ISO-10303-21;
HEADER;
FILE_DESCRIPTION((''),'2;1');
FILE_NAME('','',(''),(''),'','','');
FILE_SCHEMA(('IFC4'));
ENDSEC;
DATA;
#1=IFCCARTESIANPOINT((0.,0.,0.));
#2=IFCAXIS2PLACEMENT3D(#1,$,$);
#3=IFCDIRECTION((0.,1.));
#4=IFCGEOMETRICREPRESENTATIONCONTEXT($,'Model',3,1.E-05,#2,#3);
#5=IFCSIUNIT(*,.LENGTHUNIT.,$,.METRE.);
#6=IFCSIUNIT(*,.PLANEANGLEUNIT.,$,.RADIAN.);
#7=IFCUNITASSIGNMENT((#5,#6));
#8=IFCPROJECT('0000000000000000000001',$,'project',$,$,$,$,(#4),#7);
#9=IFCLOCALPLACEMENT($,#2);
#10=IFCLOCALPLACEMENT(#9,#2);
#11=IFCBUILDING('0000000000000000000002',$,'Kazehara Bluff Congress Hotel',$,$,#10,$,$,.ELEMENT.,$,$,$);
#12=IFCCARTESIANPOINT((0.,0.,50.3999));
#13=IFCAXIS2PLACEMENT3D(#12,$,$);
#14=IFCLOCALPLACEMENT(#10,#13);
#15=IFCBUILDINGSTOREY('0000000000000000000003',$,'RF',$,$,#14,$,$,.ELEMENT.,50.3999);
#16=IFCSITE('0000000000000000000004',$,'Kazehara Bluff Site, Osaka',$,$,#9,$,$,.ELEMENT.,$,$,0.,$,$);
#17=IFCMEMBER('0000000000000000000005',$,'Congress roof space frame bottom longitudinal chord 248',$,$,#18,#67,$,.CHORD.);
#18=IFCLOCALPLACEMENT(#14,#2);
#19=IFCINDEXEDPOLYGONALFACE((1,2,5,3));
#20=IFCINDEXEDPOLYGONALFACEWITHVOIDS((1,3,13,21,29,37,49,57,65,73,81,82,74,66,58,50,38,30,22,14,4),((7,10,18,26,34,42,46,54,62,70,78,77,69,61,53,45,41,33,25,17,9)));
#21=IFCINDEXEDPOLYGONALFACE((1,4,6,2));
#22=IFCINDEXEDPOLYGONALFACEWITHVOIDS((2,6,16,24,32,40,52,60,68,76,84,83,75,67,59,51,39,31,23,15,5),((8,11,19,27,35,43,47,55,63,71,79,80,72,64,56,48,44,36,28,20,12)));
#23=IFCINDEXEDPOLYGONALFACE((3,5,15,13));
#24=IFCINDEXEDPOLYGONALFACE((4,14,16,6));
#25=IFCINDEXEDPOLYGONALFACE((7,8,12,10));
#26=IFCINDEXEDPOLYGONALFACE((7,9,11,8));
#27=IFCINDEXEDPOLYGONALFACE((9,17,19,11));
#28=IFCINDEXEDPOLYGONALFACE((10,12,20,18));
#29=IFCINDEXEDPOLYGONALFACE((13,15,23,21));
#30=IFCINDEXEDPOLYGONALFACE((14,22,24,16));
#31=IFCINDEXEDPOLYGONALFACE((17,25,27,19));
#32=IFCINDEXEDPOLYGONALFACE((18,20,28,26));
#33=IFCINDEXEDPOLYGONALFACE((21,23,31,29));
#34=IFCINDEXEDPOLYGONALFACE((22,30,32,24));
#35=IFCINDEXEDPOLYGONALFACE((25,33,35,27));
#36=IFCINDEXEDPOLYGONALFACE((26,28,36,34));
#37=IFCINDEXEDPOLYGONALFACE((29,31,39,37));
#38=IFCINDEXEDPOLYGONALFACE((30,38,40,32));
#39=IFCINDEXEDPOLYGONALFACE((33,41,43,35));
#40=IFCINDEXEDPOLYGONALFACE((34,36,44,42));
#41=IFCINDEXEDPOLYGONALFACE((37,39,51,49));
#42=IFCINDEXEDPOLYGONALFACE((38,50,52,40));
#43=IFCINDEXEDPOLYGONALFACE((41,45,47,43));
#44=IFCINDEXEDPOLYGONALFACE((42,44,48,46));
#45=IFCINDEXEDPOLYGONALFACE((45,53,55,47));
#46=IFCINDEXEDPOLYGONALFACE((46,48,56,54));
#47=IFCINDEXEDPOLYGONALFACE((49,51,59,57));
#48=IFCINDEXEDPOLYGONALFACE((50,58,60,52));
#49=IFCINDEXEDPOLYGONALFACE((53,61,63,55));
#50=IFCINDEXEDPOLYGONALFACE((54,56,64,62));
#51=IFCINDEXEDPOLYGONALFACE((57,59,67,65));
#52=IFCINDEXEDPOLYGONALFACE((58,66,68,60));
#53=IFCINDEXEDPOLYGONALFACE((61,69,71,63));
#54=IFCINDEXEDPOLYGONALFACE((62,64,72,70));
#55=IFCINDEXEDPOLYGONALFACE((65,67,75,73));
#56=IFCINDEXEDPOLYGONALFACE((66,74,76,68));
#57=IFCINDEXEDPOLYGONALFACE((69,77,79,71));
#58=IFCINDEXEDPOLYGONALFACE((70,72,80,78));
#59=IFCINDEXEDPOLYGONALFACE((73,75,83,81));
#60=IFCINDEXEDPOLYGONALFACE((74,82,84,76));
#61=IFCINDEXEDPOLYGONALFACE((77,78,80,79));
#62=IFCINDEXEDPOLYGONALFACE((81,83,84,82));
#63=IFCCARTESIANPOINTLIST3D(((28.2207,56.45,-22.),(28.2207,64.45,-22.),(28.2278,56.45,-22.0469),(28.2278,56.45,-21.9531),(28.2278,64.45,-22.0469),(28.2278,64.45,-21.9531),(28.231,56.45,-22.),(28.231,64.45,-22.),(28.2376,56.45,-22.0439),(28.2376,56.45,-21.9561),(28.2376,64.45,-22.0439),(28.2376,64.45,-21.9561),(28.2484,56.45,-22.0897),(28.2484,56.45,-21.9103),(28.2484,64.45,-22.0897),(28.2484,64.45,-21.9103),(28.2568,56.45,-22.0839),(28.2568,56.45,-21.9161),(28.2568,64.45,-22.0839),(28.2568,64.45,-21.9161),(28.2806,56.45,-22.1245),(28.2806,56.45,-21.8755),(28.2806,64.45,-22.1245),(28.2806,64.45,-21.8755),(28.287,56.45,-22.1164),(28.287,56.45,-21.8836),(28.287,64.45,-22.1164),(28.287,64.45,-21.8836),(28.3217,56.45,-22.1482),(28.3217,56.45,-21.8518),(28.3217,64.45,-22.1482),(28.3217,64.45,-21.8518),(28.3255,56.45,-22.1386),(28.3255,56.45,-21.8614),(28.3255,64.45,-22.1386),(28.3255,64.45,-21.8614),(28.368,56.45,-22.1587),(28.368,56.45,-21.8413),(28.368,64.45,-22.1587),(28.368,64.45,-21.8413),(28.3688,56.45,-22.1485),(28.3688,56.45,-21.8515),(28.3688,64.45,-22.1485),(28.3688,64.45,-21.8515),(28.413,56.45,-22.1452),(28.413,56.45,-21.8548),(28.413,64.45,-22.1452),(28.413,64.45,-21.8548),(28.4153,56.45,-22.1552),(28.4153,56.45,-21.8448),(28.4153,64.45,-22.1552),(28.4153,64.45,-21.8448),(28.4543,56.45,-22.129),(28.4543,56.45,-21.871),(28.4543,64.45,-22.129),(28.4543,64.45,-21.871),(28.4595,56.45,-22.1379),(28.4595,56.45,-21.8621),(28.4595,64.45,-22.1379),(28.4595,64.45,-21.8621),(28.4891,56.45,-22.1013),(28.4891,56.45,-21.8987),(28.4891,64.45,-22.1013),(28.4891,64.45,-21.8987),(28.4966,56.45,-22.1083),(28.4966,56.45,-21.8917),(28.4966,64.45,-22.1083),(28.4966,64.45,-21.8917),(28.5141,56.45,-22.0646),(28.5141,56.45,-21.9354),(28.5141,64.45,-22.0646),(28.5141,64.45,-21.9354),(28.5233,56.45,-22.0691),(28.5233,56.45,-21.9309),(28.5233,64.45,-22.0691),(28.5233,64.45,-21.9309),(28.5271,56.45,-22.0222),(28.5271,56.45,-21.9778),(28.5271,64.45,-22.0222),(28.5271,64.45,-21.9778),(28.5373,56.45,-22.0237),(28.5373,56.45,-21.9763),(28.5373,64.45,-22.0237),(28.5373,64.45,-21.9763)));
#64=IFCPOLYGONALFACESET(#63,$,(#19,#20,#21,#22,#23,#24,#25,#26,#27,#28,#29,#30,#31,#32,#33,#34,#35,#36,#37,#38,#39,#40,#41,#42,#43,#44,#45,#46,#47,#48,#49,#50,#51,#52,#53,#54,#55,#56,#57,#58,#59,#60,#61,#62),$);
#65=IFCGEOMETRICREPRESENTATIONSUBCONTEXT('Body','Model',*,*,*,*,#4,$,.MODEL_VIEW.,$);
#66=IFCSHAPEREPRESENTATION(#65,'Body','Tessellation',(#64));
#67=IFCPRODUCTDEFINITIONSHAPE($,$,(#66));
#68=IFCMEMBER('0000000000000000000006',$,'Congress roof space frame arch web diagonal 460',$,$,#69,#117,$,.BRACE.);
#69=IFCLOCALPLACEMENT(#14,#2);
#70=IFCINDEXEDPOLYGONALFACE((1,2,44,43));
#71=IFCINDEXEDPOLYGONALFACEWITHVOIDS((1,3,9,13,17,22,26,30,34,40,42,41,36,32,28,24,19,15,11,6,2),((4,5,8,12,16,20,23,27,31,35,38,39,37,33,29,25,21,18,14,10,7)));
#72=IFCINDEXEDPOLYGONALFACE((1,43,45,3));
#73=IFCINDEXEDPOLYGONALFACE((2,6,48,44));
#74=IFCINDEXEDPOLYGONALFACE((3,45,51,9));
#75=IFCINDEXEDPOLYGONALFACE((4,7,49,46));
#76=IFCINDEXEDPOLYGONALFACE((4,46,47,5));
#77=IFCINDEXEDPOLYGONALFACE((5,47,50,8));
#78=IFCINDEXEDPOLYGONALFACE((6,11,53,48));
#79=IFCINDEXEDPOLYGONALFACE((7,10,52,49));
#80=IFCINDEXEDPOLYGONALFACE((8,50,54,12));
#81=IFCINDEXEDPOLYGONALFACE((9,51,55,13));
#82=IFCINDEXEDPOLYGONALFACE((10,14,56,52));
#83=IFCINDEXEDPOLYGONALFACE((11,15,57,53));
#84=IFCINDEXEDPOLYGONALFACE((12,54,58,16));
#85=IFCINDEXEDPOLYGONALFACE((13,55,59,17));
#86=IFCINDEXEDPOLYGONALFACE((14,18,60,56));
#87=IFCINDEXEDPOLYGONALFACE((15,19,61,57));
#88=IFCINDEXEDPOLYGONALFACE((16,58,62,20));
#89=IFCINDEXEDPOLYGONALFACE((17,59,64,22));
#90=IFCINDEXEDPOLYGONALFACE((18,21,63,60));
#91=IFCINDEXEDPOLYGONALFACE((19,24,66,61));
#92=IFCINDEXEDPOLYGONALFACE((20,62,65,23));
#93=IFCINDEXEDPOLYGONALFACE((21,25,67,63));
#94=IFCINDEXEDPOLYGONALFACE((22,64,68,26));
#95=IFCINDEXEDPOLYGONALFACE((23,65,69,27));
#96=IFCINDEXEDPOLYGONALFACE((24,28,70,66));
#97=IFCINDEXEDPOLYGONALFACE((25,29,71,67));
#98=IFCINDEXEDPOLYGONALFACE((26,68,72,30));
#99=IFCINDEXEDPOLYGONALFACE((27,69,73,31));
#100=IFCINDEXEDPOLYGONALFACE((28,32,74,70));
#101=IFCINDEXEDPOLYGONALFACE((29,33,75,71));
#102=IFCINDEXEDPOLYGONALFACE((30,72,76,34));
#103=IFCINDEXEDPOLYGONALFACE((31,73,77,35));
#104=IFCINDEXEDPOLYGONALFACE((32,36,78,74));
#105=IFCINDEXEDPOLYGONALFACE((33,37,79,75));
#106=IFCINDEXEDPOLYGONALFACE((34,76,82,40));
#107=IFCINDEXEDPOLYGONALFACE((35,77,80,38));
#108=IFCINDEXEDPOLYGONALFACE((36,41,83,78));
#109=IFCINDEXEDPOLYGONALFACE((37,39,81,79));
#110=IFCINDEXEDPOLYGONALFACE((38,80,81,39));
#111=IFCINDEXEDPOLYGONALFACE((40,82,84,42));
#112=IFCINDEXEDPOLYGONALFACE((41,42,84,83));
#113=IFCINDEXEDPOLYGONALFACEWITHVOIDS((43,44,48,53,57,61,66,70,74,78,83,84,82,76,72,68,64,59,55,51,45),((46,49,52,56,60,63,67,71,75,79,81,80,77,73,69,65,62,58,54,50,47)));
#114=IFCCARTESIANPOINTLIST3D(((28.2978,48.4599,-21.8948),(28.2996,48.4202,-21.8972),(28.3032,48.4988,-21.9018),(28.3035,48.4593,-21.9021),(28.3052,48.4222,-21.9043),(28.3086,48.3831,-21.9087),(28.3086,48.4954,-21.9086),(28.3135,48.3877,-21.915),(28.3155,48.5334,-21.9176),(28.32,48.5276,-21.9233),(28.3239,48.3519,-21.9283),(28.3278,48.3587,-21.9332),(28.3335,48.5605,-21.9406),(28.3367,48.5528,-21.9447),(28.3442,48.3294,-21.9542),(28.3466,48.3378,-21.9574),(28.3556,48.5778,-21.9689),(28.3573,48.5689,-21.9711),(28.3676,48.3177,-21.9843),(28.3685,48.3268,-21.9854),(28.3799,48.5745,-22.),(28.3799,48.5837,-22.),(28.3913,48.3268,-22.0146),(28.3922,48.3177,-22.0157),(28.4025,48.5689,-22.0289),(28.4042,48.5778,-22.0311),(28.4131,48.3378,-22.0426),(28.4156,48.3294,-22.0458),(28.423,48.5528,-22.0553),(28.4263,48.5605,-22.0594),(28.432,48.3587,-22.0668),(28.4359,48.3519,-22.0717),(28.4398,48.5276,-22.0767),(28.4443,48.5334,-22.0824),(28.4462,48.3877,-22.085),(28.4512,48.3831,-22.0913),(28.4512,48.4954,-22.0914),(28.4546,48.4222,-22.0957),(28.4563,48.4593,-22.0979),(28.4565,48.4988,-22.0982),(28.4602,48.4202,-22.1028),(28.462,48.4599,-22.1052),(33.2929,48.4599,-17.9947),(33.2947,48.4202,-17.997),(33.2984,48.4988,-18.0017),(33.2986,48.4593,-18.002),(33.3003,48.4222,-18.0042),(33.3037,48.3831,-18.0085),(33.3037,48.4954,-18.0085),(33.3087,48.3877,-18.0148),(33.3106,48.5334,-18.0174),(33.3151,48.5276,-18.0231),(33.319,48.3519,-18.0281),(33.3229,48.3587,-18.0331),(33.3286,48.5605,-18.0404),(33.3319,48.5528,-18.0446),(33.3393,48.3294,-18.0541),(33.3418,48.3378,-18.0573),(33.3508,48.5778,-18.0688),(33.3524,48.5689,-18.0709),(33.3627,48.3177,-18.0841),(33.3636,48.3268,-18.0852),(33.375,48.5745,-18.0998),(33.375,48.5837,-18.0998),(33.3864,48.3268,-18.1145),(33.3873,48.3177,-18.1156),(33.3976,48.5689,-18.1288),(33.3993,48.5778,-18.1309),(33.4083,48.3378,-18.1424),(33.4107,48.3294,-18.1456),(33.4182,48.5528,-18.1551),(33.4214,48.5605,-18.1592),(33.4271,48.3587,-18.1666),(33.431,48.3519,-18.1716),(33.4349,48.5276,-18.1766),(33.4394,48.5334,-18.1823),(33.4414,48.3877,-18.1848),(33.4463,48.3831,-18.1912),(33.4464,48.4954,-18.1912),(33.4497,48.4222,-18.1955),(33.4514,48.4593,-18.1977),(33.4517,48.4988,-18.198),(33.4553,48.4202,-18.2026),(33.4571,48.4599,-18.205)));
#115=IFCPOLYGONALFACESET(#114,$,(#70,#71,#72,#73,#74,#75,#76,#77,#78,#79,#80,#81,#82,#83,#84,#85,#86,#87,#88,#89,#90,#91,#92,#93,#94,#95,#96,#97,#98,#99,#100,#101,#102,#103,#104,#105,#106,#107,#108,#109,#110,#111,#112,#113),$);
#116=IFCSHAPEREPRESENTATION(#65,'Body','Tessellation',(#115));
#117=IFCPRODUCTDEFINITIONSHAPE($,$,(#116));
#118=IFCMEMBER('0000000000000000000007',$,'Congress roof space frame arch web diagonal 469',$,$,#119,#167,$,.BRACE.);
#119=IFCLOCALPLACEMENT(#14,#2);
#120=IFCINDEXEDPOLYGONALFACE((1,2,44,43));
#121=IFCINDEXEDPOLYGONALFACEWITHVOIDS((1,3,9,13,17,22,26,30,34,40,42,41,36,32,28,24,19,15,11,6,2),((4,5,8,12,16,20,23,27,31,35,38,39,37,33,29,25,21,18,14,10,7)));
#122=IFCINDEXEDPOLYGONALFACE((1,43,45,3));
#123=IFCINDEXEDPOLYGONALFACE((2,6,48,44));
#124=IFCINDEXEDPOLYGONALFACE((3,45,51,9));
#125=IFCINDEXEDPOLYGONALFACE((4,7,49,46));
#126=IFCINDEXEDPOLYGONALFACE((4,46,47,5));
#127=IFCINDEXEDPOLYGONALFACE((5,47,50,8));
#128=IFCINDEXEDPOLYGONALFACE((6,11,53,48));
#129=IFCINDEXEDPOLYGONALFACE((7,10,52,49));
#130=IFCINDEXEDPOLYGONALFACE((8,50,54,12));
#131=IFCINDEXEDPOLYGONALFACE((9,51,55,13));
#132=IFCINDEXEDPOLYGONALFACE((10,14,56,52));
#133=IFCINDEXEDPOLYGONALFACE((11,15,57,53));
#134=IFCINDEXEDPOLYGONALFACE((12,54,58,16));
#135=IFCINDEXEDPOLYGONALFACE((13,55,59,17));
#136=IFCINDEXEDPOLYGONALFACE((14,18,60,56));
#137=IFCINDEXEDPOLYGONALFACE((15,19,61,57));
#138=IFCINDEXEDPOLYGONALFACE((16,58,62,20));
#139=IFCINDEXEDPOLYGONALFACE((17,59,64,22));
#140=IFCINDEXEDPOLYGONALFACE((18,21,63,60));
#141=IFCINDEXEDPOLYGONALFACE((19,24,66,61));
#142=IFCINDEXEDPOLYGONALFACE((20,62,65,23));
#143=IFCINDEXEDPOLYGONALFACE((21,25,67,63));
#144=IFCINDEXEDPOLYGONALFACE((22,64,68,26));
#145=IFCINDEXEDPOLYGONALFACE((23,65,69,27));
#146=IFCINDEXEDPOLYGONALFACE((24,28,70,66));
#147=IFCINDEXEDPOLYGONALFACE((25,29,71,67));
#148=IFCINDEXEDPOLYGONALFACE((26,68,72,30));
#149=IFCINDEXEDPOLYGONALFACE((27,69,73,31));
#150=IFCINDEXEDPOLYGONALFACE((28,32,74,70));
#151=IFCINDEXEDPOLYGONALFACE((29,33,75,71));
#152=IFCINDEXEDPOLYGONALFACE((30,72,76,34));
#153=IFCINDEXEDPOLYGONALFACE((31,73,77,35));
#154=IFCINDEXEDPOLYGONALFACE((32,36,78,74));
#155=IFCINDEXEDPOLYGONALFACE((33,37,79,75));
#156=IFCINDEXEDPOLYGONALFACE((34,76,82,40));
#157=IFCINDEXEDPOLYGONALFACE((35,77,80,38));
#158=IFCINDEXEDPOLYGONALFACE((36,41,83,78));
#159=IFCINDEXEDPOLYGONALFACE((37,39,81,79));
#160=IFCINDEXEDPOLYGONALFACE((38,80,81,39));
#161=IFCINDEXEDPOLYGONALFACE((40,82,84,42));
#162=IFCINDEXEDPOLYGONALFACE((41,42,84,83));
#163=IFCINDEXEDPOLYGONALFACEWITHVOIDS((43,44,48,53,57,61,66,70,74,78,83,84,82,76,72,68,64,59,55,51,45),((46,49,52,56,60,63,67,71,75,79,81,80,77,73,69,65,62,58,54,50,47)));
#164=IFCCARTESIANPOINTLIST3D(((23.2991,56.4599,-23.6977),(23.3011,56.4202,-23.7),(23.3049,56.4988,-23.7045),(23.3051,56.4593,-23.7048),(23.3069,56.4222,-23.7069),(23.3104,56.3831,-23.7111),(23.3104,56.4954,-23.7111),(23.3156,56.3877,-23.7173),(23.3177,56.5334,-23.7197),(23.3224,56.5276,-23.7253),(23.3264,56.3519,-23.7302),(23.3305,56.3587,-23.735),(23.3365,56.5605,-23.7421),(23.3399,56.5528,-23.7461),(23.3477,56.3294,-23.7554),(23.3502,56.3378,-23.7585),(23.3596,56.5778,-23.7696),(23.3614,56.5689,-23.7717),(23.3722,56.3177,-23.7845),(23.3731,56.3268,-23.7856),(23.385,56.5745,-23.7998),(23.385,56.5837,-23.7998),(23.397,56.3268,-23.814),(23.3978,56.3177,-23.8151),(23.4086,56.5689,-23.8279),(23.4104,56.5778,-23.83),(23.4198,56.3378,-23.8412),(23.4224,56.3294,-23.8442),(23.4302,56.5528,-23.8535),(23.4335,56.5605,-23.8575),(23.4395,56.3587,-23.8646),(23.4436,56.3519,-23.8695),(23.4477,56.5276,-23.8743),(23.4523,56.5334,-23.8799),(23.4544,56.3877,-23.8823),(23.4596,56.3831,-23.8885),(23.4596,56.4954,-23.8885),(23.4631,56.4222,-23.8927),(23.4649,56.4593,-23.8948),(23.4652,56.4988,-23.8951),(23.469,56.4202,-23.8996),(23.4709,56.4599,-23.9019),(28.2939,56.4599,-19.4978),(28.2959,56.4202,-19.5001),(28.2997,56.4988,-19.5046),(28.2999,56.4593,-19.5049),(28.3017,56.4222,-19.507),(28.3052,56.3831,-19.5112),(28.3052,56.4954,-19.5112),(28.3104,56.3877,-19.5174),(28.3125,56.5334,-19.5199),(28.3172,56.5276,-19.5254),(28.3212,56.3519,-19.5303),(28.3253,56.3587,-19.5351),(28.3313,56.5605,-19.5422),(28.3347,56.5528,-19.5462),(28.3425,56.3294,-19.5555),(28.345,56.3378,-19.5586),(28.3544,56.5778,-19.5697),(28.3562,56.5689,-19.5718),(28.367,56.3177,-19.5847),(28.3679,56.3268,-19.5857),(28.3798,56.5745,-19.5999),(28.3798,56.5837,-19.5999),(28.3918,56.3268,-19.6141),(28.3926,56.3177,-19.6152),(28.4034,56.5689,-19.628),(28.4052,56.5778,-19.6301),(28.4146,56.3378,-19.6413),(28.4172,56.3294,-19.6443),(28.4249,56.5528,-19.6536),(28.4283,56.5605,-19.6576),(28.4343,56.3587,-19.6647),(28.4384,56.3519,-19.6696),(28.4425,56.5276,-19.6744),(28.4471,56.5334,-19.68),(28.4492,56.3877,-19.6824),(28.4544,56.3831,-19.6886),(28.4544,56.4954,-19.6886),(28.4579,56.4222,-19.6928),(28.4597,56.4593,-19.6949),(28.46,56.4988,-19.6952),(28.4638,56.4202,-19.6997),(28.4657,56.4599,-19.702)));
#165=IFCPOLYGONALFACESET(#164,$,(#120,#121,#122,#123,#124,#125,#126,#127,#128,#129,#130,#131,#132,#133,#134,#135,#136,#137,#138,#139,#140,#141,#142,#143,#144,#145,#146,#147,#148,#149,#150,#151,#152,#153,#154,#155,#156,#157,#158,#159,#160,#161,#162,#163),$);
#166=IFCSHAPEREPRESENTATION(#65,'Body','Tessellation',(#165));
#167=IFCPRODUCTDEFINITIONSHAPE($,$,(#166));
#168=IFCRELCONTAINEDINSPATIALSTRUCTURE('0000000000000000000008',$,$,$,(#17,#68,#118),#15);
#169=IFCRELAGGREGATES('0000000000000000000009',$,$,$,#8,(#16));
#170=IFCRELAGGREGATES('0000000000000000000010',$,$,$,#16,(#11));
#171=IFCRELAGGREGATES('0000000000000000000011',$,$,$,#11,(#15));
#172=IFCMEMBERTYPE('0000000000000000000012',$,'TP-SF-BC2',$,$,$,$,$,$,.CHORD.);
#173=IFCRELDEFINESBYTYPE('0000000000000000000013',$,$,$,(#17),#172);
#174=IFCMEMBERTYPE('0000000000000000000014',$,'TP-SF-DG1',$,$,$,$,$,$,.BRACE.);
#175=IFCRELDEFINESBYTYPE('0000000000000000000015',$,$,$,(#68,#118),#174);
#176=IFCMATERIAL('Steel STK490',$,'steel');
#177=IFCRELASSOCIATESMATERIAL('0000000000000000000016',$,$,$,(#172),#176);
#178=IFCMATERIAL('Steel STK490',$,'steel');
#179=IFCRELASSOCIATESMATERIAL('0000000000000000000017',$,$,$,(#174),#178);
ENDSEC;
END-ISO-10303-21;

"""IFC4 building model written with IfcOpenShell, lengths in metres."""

from ifc_helpers import new_model, si_unit, direction, frame, origin, origin_2d, place, context, subcontext, project, spatial, hollow_circle, extrude, material, material_profile, profile_set, type_object, element, save


model = new_model("IFC4")

# Units and contexts
model_context = context("Model", 3, precision=1e-05, world=origin(), true_north=direction((0.0, 1.0)))
body_context = subcontext(model_context, "Body", "Model", "MODEL_VIEW")
ifc_project = project(units=[si_unit("LENGTHUNIT", "METRE"), si_unit("PLANEANGLEUNIT", "RADIAN")], contexts=[model_context])

# Site, building, storey
site_placement = place(None, origin())
site = spatial("IfcSite", under=ifc_project, at=site_placement, Name="Kazehara Bluff Site, Osaka", CompositionType="ELEMENT", RefElevation=0.0)
building_placement = place(site_placement, origin())
building = spatial("IfcBuilding", under=site, at=building_placement, Name="Kazehara Bluff Congress Hotel", CompositionType="ELEMENT")
storey_placement = place(building_placement, frame((0.0, 0.0, 50.3999)))
storey = spatial("IfcBuildingStorey", under=building, at=storey_placement, Name="RF", CompositionType="ELEMENT", Elevation=50.3999)

# Members
ifc_material_1 = material(Name="Steel STK490", Category="steel")
ifc_material_profile_1 = material_profile(ifc_material_1, hollow_circle(Radius=0.1592, WallThickness=0.0103, at=origin_2d()))
ifc_profile_set_1 = profile_set([ifc_material_profile_1], Name="Steel STK490")
member_type_1 = type_object("IfcMemberType", Name="TP-SF-BC2", PredefinedType="CHORD", material=ifc_profile_set_1)
for number, where, z_axis, x_axis, name in (
    (1, (28.3799, 56.45, -22.0), (0.0, 1.0, 0.0), (-1.0, 0.0, 0.0), "Congress roof space frame bottom longitudinal chord 248"),
):
    element("IfcMember", number, at=place(storey_placement, frame(where, z_axis=z_axis, x_axis=x_axis)), inside=storey, type_object=member_type_1, Name=name, PredefinedType="CHORD", context=body_context, shape_type="SweptSolid", body=[
        extrude(hollow_circle(Radius=0.1592, WallThickness=0.0103, at=origin_2d()), origin(), (0.0, 0.0, 1.0), 8.0),
    ])
ifc_material_2 = material(Name="Steel STK490", Category="steel")
ifc_material_profile_2 = material_profile(ifc_material_2, hollow_circle(Radius=0.1338, WallThickness=0.0093, at=origin_2d()))
ifc_profile_set_2 = profile_set([ifc_material_profile_2], Name="Steel STK490")
member_type_2 = type_object("IfcMemberType", Name="TP-SF-DG1", PredefinedType="BRACE", material=ifc_profile_set_2)
member_1_placement = place(storey_placement, frame((28.3799, 48.45, -22.0), z_axis=(0.7882, 0.0, 0.61542), x_axis=(0.0, 1.0, 0.0)))
element("IfcMember", 2, at=member_1_placement, inside=storey, type_object=member_type_2, Name="Congress roof space frame arch web diagonal 460", PredefinedType="BRACE", context=body_context, shape_type="SweptSolid", body=[
    extrude(hollow_circle(Radius=0.1338, WallThickness=0.0093, at=origin_2d()), origin(), (0.0, 0.0, 1.0), 6.3374),
])
member_2_placement = place(storey_placement, frame((23.385, 56.45, -23.7998), z_axis=(0.765383, 0.0, 0.643575), x_axis=(0.0, 1.0, 0.0)))
element("IfcMember", 3, at=member_2_placement, inside=storey, type_object=member_type_2, Name="Congress roof space frame arch web diagonal 469", PredefinedType="BRACE", context=body_context, shape_type="SweptSolid", body=[
    extrude(hollow_circle(Radius=0.1338, WallThickness=0.0093, at=origin_2d()), origin(), (0.0, 0.0, 1.0), 6.5259),
])

save(model, "model.ifc")
